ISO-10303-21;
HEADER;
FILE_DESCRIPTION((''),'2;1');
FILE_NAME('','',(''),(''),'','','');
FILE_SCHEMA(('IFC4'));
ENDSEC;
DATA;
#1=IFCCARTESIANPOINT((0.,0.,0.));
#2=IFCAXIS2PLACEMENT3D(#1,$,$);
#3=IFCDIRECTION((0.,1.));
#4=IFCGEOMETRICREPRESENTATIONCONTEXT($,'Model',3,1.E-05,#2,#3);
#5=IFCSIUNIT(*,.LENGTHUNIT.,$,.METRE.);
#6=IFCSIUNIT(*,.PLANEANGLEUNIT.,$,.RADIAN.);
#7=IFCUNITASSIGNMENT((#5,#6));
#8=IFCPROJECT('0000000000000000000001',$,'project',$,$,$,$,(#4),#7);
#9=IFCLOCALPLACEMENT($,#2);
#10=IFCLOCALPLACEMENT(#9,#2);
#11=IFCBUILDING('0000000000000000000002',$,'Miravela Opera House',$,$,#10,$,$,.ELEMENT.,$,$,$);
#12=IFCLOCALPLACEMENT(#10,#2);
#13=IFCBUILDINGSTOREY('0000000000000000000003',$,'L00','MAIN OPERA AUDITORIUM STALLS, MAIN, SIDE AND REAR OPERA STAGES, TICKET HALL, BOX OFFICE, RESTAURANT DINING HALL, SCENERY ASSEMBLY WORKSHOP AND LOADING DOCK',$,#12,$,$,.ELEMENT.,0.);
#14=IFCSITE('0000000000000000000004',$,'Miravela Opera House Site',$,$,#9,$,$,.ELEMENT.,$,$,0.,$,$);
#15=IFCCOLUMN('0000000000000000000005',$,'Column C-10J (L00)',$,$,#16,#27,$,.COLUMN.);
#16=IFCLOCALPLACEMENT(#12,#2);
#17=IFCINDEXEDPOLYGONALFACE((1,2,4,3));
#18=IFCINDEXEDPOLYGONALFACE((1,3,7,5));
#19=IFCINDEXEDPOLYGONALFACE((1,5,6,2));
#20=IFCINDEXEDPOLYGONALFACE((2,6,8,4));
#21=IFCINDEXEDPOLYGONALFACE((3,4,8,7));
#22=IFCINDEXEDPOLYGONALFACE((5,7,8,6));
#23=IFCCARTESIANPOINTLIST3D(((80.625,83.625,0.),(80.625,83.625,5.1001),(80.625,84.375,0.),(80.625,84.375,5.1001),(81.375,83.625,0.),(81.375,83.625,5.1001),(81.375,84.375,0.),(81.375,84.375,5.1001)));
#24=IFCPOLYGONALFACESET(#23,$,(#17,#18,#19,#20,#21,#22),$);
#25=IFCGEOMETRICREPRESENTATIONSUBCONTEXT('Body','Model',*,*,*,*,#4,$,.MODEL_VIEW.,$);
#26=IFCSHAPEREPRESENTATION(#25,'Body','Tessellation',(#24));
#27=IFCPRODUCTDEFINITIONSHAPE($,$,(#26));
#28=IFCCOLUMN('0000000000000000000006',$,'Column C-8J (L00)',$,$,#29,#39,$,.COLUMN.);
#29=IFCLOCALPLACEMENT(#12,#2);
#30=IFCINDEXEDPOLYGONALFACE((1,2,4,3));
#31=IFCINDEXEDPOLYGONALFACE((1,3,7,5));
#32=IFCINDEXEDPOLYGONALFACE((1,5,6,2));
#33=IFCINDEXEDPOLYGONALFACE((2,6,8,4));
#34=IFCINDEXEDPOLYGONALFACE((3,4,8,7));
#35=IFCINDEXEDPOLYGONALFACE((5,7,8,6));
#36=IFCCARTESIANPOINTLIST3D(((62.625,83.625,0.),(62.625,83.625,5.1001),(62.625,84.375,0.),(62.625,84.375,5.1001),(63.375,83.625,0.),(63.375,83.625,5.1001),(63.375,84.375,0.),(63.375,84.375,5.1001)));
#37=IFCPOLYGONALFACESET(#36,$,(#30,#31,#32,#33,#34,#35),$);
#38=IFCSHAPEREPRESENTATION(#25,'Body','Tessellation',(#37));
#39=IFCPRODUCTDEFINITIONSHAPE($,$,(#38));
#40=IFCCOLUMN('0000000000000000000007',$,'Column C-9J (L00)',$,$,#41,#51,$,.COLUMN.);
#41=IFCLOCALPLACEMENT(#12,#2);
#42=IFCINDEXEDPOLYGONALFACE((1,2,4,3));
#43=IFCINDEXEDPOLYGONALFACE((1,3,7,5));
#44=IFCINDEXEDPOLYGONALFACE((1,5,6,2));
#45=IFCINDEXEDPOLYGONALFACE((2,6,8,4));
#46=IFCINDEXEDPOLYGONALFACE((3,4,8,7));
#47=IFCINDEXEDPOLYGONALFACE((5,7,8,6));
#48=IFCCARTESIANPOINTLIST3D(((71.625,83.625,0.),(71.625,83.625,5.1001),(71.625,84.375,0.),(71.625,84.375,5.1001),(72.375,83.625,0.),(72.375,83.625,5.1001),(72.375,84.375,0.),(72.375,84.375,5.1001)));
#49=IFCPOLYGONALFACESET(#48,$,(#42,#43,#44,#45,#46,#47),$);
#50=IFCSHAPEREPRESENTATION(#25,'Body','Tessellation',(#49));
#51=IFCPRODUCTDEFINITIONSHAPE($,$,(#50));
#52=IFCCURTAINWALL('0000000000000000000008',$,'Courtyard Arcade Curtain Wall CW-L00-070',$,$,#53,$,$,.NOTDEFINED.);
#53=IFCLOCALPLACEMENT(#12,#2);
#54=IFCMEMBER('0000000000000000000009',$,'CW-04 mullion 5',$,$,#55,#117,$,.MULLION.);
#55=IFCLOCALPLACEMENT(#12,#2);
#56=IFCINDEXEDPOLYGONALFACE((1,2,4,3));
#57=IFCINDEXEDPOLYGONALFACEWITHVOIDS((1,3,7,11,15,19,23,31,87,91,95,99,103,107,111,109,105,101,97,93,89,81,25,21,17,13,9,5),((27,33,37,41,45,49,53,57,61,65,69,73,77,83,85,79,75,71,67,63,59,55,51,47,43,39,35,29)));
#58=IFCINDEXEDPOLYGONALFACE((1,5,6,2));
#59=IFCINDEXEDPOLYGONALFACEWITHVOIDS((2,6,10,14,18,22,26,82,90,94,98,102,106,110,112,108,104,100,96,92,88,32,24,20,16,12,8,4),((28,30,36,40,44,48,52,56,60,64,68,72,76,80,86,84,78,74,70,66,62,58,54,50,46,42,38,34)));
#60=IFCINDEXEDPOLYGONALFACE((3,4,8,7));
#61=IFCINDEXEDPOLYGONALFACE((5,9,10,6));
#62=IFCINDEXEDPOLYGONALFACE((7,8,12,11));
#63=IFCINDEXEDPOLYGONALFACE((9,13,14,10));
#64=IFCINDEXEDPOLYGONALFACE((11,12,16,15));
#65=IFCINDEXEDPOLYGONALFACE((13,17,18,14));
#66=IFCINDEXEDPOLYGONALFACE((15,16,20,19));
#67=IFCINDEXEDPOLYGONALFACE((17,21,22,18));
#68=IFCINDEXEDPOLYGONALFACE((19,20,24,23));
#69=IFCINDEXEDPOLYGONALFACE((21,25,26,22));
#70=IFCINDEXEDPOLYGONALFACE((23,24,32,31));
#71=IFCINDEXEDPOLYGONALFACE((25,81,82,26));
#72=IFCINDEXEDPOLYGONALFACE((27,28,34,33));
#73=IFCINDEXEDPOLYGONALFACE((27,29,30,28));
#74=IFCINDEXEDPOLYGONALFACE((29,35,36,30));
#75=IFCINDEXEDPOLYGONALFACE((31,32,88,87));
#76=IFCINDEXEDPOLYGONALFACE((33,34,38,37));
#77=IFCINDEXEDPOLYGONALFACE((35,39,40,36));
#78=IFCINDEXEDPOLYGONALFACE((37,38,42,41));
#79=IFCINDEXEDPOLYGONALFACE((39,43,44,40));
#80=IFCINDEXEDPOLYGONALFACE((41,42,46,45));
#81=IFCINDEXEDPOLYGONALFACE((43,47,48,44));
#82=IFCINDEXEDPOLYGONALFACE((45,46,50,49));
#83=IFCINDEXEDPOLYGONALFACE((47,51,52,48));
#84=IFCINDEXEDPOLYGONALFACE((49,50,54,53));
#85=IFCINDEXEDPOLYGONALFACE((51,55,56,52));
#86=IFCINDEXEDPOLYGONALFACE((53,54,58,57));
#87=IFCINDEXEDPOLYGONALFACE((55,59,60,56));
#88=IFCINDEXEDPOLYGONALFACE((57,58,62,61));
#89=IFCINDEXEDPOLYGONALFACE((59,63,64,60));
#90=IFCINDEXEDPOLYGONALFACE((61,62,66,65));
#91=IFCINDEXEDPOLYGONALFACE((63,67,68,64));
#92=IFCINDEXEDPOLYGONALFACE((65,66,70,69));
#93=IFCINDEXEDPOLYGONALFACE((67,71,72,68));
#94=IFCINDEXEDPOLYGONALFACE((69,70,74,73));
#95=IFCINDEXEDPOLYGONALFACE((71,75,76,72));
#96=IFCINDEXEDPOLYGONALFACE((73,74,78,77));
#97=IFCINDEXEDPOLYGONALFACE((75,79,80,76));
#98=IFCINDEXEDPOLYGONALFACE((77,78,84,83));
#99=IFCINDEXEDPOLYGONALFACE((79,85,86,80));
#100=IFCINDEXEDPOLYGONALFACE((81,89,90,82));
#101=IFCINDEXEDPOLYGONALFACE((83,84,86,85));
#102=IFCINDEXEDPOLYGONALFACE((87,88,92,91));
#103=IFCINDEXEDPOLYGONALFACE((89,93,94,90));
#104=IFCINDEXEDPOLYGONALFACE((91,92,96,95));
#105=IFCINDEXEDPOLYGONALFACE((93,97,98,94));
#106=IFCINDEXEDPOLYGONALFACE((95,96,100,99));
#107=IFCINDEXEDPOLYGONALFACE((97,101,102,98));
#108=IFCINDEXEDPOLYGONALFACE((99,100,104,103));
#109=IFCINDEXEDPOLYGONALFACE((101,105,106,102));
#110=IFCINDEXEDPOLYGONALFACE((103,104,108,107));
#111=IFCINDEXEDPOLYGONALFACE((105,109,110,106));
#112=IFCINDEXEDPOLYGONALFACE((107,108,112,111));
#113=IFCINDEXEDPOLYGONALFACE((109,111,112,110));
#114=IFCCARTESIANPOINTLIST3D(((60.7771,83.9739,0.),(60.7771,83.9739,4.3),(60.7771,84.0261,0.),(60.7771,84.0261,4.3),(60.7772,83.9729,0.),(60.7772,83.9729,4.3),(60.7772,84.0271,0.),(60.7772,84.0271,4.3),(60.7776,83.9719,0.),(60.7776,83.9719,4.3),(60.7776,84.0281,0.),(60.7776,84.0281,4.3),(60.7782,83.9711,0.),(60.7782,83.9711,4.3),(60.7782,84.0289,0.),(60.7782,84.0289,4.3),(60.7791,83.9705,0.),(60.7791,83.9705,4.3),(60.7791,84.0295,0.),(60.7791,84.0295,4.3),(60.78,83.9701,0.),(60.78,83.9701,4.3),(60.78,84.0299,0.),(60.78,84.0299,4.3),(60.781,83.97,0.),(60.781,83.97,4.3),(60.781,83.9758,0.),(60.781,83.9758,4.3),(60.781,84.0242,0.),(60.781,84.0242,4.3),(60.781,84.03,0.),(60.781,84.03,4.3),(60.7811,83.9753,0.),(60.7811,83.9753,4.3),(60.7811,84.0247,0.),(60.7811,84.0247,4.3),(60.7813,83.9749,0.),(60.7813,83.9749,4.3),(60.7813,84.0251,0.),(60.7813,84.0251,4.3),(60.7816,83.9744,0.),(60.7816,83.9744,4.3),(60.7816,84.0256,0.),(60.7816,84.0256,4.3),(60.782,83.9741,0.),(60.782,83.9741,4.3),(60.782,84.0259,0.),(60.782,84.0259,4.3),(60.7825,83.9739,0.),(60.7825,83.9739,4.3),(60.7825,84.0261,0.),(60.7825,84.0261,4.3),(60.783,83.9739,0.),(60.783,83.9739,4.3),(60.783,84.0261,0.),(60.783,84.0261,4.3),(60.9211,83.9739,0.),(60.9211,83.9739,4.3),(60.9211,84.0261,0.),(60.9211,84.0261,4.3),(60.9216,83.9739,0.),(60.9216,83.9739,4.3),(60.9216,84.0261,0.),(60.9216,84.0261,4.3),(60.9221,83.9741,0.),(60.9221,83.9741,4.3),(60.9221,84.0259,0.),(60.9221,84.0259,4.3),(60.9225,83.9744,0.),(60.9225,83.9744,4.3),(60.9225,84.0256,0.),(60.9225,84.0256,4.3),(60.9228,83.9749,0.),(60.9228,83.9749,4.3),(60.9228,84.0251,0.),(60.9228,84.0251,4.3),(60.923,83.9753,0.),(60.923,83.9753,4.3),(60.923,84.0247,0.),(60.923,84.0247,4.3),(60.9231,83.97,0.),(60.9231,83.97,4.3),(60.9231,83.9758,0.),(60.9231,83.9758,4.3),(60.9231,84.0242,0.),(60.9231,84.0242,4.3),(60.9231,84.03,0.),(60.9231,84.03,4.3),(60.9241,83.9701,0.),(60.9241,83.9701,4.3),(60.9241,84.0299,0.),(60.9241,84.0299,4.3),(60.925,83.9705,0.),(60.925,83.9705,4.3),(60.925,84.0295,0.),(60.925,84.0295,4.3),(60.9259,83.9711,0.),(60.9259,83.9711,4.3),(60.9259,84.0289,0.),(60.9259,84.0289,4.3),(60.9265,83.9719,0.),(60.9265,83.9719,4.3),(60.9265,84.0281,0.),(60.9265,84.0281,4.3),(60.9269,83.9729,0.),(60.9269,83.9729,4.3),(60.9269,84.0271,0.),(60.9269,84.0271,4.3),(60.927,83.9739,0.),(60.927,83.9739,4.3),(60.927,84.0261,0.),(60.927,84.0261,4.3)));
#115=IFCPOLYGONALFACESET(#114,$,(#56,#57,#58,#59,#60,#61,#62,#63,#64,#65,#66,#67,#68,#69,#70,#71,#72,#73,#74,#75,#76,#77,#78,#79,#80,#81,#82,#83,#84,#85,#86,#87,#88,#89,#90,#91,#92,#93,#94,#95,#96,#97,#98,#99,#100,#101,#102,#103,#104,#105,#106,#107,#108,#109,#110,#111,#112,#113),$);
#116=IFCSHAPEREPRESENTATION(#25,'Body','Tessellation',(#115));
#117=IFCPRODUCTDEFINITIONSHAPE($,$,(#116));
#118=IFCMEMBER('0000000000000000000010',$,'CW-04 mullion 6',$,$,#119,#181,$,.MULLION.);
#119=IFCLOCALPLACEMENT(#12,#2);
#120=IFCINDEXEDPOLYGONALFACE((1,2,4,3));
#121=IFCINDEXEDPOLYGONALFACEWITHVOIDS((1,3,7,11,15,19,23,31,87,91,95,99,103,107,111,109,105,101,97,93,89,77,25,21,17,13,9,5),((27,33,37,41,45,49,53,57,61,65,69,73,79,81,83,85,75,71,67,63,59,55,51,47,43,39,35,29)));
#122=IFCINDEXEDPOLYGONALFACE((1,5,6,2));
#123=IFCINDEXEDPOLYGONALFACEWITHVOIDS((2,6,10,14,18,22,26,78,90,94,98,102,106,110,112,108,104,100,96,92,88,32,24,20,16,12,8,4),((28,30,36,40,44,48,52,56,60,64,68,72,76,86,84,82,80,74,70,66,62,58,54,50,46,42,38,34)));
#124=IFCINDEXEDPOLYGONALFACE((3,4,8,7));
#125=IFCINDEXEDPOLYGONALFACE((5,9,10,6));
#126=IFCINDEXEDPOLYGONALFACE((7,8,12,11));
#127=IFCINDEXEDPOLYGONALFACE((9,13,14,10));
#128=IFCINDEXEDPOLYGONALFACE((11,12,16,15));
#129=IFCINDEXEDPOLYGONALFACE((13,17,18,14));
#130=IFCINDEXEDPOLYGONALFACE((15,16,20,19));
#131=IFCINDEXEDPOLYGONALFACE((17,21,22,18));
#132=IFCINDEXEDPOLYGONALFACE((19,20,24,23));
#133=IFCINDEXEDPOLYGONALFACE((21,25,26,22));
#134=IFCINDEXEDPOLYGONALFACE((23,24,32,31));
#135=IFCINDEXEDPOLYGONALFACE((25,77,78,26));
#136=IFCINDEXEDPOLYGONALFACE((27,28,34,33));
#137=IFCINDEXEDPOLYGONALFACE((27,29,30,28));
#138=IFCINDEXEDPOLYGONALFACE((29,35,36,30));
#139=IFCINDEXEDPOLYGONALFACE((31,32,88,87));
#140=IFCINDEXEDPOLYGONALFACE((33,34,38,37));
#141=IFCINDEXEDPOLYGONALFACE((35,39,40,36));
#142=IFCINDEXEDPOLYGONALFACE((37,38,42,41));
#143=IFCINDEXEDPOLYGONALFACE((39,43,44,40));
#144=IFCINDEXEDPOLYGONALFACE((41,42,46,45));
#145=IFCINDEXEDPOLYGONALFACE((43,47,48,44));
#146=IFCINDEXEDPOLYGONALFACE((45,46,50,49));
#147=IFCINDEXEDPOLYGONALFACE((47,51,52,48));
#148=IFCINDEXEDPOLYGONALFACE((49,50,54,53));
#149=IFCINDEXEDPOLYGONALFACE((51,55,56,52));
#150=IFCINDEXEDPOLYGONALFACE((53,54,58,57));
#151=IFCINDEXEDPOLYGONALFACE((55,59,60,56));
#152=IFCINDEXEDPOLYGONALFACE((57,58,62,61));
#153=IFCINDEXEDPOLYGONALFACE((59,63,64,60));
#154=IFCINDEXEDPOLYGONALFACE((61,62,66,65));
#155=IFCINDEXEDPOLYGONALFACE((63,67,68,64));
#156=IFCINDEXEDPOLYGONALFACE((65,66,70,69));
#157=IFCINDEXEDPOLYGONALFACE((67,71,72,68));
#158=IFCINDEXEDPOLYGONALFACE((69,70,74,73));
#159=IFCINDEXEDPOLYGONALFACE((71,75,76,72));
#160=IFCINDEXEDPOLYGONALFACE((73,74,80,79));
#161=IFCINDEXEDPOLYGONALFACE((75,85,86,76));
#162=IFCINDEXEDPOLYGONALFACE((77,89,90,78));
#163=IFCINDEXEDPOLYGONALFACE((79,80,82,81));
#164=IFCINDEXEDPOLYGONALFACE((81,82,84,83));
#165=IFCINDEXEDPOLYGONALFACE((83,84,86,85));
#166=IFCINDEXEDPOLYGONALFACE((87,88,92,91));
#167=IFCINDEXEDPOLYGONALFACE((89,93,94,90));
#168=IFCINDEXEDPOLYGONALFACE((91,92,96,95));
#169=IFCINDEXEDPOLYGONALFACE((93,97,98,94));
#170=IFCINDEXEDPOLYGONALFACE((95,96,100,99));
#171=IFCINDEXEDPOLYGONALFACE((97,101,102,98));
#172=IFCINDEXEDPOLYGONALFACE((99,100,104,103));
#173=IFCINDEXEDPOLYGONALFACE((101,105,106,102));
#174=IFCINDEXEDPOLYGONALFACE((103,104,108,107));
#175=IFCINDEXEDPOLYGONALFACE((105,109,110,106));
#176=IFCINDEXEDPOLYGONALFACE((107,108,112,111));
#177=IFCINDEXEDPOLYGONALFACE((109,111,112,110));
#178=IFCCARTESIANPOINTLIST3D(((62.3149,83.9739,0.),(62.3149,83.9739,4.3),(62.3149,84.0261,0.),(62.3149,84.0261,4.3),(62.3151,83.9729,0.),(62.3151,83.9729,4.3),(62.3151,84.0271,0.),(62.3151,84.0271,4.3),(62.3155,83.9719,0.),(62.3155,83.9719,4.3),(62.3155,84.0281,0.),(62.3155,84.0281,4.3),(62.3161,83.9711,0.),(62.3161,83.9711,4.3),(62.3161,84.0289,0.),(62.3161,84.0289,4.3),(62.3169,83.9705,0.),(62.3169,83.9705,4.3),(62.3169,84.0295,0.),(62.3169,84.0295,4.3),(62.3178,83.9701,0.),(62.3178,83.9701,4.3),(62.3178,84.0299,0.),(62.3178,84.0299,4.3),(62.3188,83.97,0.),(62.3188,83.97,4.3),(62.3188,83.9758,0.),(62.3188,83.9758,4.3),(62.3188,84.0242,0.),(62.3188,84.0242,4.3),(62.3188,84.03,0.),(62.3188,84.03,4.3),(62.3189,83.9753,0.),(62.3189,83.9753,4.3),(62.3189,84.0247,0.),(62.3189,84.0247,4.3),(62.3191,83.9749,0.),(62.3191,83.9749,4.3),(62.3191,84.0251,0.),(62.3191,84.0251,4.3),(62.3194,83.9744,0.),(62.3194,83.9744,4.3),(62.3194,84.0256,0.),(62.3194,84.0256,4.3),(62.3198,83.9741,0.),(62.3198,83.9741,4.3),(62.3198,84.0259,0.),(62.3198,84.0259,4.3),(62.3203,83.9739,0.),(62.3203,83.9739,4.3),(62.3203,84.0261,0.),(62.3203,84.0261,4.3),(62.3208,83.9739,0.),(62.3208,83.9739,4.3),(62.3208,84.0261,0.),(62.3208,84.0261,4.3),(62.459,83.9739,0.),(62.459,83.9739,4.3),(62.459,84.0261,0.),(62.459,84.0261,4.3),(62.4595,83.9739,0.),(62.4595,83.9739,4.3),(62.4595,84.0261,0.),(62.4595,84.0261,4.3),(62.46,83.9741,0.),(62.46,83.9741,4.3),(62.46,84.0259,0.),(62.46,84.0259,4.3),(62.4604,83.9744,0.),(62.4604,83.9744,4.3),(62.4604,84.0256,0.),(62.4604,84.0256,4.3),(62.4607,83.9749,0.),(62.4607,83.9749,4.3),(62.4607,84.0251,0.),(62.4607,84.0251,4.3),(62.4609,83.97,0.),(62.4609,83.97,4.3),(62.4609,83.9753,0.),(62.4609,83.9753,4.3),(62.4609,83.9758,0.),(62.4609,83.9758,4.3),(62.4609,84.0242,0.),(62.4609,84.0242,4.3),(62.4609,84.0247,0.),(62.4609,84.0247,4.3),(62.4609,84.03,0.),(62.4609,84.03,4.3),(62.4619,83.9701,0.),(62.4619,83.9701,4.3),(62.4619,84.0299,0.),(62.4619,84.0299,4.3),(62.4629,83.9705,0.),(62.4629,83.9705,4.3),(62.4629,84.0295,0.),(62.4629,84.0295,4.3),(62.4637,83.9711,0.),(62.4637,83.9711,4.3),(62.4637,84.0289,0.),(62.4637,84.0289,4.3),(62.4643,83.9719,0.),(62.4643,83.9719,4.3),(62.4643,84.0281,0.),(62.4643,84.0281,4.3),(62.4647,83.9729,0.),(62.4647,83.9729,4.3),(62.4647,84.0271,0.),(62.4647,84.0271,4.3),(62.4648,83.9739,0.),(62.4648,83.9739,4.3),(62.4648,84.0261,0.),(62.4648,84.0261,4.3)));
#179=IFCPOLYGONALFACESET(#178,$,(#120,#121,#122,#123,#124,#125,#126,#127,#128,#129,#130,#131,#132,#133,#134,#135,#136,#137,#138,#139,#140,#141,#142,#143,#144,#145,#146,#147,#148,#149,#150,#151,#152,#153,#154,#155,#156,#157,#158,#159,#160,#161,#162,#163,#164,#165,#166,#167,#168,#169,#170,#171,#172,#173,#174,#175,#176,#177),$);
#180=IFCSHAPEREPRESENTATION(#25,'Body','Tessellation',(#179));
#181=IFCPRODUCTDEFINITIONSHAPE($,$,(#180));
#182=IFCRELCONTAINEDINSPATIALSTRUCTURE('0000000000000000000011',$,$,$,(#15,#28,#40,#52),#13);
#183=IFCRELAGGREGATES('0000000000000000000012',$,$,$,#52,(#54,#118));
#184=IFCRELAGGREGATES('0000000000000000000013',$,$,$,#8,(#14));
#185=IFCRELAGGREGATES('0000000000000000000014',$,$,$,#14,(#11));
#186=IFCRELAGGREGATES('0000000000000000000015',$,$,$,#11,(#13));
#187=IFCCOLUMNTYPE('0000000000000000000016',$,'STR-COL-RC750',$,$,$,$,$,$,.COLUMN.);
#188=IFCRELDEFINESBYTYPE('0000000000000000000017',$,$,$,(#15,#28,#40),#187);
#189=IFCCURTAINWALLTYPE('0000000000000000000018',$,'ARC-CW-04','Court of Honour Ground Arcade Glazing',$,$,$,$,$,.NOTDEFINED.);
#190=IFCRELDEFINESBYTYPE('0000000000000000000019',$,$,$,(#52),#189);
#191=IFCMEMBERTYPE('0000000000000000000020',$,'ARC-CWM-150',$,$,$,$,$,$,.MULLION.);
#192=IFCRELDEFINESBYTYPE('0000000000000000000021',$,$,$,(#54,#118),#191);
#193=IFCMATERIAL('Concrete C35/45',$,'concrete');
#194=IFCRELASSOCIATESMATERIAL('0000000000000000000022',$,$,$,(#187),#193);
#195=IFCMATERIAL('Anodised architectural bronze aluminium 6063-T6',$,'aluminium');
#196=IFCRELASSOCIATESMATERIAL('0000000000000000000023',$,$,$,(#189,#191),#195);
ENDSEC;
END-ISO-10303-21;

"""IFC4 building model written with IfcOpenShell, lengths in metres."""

from ifc_helpers import new_model, si_unit, direction, frame, origin, origin_2d, place, context, subcontext, project, spatial, rectangle, hollow_rectangle, extrude, material, material_profile, profile_set, type_object, element, aggregate, save


model = new_model("IFC4")

# Units and contexts
model_context = context("Model", 3, precision=1e-05, world=origin(), true_north=direction((0.0, 1.0)))
body_context = subcontext(model_context, "Body", "Model", "MODEL_VIEW")
ifc_project = project(units=[si_unit("LENGTHUNIT", "METRE"), si_unit("PLANEANGLEUNIT", "RADIAN")], contexts=[model_context])

# Site, building, storey
site_placement = place(None, origin())
site = spatial("IfcSite", under=ifc_project, at=site_placement, Name="Miravela Opera House Site", CompositionType="ELEMENT", RefElevation=0.0)
building_placement = place(site_placement, origin())
building = spatial("IfcBuilding", under=site, at=building_placement, Name="Miravela Opera House", CompositionType="ELEMENT")
storey_placement = place(building_placement, origin())
storey = spatial("IfcBuildingStorey", under=building, at=storey_placement, Name="L00", Description="MAIN OPERA AUDITORIUM STALLS, MAIN, SIDE AND REAR OPERA STAGES, TICKET HALL, BOX OFFICE, RESTAURANT DINING HALL, SCENERY ASSEMBLY WORKSHOP AND LOADING DOCK", CompositionType="ELEMENT", Elevation=0.0)

# Columns
ifc_material_1 = material(Name="Concrete C35/45", Category="concrete")
ifc_material_profile_1 = material_profile(ifc_material_1, rectangle(XDim=0.75, YDim=0.75, at=origin_2d()), Name="RC-COL-750X750")
ifc_profile_set_1 = profile_set([ifc_material_profile_1])
column_type = type_object("IfcColumnType", Name="STR-COL-RC750", PredefinedType="COLUMN", material=ifc_profile_set_1)
for number, where, z_axis, x_axis, name in (
    (1, (81.0, 84.0, 0.0), (0.0, 0.0, 1.0), (1.0, 0.0, 0.0), "Column C-10J (L00)"),
    (2, (63.0, 84.0, 0.0), (0.0, 0.0, 1.0), (1.0, 0.0, 0.0), "Column C-8J (L00)"),
    (3, (72.0, 84.0, 0.0), (0.0, 0.0, 1.0), (1.0, 0.0, 0.0), "Column C-9J (L00)"),
):
    element("IfcColumn", number, at=place(storey_placement, frame(where, z_axis=z_axis, x_axis=x_axis)), inside=storey, type_object=column_type, Name=name, PredefinedType="COLUMN", context=body_context, shape_type="SweptSolid", body=[
        extrude(rectangle(XDim=0.75, YDim=0.75, at=origin_2d()), origin(), (0.0, 0.0, 1.0), 5.1001),
    ])

# Curtain wall, members
ifc_material_2 = material(Name="Anodised architectural bronze aluminium 6063-T6", Category="aluminium")
curtain_wall_type = type_object("IfcCurtainWallType", Name="ARC-CW-04", Description="Court of Honour Ground Arcade Glazing", PredefinedType="NOTDEFINED", material=ifc_material_2)
curtain_wall_placement = place(storey_placement, origin())
curtain_wall = element("IfcCurtainWall", 4, at=curtain_wall_placement, inside=storey, type_object=curtain_wall_type, Name="Courtyard Arcade Curtain Wall CW-L00-070", PredefinedType="NOTDEFINED")
ifc_material_profile_2 = material_profile(ifc_material_2, hollow_rectangle(XDim=0.0601, YDim=0.1499, WallThickness=0.0039, InnerFilletRadius=0.002, OuterFilletRadius=0.0039, at=origin_2d()), Name="CWM-60X150")
ifc_profile_set_2 = profile_set([ifc_material_profile_2])
member_type_1 = type_object("IfcMemberType", Name="ARC-CWM-150", PredefinedType="MULLION", material=ifc_profile_set_2)
member_1_placement = place(storey_placement, frame((60.8521, 84.0, 0.0), z_axis=(0.0, 0.0, 1.0), x_axis=(0.0, 1.0, 0.0)))
member_1 = element("IfcMember", 5, at=member_1_placement, type_object=member_type_1, Name="CW-04 mullion 5", PredefinedType="MULLION", context=body_context, shape_type="SweptSolid", body=[
    extrude(hollow_rectangle(XDim=0.0601, YDim=0.1499, WallThickness=0.0039, InnerFilletRadius=0.002, OuterFilletRadius=0.0039, at=origin_2d()), origin(), (0.0, 0.0, 1.0), 4.3),
])
member_2_placement = place(storey_placement, frame((62.3899, 84.0, 0.0), z_axis=(0.0, 0.0, 1.0), x_axis=(0.0, 1.0, 0.0)))
member_2 = element("IfcMember", 6, at=member_2_placement, type_object=member_type_1, Name="CW-04 mullion 6", PredefinedType="MULLION", context=body_context, shape_type="SweptSolid", body=[
    extrude(hollow_rectangle(XDim=0.0601, YDim=0.1499, WallThickness=0.0039, InnerFilletRadius=0.002, OuterFilletRadius=0.0039, at=origin_2d()), origin(), (0.0, 0.0, 1.0), 4.3),
])

aggregate(curtain_wall, [member_1, member_2])

save(model, "model.ifc")
